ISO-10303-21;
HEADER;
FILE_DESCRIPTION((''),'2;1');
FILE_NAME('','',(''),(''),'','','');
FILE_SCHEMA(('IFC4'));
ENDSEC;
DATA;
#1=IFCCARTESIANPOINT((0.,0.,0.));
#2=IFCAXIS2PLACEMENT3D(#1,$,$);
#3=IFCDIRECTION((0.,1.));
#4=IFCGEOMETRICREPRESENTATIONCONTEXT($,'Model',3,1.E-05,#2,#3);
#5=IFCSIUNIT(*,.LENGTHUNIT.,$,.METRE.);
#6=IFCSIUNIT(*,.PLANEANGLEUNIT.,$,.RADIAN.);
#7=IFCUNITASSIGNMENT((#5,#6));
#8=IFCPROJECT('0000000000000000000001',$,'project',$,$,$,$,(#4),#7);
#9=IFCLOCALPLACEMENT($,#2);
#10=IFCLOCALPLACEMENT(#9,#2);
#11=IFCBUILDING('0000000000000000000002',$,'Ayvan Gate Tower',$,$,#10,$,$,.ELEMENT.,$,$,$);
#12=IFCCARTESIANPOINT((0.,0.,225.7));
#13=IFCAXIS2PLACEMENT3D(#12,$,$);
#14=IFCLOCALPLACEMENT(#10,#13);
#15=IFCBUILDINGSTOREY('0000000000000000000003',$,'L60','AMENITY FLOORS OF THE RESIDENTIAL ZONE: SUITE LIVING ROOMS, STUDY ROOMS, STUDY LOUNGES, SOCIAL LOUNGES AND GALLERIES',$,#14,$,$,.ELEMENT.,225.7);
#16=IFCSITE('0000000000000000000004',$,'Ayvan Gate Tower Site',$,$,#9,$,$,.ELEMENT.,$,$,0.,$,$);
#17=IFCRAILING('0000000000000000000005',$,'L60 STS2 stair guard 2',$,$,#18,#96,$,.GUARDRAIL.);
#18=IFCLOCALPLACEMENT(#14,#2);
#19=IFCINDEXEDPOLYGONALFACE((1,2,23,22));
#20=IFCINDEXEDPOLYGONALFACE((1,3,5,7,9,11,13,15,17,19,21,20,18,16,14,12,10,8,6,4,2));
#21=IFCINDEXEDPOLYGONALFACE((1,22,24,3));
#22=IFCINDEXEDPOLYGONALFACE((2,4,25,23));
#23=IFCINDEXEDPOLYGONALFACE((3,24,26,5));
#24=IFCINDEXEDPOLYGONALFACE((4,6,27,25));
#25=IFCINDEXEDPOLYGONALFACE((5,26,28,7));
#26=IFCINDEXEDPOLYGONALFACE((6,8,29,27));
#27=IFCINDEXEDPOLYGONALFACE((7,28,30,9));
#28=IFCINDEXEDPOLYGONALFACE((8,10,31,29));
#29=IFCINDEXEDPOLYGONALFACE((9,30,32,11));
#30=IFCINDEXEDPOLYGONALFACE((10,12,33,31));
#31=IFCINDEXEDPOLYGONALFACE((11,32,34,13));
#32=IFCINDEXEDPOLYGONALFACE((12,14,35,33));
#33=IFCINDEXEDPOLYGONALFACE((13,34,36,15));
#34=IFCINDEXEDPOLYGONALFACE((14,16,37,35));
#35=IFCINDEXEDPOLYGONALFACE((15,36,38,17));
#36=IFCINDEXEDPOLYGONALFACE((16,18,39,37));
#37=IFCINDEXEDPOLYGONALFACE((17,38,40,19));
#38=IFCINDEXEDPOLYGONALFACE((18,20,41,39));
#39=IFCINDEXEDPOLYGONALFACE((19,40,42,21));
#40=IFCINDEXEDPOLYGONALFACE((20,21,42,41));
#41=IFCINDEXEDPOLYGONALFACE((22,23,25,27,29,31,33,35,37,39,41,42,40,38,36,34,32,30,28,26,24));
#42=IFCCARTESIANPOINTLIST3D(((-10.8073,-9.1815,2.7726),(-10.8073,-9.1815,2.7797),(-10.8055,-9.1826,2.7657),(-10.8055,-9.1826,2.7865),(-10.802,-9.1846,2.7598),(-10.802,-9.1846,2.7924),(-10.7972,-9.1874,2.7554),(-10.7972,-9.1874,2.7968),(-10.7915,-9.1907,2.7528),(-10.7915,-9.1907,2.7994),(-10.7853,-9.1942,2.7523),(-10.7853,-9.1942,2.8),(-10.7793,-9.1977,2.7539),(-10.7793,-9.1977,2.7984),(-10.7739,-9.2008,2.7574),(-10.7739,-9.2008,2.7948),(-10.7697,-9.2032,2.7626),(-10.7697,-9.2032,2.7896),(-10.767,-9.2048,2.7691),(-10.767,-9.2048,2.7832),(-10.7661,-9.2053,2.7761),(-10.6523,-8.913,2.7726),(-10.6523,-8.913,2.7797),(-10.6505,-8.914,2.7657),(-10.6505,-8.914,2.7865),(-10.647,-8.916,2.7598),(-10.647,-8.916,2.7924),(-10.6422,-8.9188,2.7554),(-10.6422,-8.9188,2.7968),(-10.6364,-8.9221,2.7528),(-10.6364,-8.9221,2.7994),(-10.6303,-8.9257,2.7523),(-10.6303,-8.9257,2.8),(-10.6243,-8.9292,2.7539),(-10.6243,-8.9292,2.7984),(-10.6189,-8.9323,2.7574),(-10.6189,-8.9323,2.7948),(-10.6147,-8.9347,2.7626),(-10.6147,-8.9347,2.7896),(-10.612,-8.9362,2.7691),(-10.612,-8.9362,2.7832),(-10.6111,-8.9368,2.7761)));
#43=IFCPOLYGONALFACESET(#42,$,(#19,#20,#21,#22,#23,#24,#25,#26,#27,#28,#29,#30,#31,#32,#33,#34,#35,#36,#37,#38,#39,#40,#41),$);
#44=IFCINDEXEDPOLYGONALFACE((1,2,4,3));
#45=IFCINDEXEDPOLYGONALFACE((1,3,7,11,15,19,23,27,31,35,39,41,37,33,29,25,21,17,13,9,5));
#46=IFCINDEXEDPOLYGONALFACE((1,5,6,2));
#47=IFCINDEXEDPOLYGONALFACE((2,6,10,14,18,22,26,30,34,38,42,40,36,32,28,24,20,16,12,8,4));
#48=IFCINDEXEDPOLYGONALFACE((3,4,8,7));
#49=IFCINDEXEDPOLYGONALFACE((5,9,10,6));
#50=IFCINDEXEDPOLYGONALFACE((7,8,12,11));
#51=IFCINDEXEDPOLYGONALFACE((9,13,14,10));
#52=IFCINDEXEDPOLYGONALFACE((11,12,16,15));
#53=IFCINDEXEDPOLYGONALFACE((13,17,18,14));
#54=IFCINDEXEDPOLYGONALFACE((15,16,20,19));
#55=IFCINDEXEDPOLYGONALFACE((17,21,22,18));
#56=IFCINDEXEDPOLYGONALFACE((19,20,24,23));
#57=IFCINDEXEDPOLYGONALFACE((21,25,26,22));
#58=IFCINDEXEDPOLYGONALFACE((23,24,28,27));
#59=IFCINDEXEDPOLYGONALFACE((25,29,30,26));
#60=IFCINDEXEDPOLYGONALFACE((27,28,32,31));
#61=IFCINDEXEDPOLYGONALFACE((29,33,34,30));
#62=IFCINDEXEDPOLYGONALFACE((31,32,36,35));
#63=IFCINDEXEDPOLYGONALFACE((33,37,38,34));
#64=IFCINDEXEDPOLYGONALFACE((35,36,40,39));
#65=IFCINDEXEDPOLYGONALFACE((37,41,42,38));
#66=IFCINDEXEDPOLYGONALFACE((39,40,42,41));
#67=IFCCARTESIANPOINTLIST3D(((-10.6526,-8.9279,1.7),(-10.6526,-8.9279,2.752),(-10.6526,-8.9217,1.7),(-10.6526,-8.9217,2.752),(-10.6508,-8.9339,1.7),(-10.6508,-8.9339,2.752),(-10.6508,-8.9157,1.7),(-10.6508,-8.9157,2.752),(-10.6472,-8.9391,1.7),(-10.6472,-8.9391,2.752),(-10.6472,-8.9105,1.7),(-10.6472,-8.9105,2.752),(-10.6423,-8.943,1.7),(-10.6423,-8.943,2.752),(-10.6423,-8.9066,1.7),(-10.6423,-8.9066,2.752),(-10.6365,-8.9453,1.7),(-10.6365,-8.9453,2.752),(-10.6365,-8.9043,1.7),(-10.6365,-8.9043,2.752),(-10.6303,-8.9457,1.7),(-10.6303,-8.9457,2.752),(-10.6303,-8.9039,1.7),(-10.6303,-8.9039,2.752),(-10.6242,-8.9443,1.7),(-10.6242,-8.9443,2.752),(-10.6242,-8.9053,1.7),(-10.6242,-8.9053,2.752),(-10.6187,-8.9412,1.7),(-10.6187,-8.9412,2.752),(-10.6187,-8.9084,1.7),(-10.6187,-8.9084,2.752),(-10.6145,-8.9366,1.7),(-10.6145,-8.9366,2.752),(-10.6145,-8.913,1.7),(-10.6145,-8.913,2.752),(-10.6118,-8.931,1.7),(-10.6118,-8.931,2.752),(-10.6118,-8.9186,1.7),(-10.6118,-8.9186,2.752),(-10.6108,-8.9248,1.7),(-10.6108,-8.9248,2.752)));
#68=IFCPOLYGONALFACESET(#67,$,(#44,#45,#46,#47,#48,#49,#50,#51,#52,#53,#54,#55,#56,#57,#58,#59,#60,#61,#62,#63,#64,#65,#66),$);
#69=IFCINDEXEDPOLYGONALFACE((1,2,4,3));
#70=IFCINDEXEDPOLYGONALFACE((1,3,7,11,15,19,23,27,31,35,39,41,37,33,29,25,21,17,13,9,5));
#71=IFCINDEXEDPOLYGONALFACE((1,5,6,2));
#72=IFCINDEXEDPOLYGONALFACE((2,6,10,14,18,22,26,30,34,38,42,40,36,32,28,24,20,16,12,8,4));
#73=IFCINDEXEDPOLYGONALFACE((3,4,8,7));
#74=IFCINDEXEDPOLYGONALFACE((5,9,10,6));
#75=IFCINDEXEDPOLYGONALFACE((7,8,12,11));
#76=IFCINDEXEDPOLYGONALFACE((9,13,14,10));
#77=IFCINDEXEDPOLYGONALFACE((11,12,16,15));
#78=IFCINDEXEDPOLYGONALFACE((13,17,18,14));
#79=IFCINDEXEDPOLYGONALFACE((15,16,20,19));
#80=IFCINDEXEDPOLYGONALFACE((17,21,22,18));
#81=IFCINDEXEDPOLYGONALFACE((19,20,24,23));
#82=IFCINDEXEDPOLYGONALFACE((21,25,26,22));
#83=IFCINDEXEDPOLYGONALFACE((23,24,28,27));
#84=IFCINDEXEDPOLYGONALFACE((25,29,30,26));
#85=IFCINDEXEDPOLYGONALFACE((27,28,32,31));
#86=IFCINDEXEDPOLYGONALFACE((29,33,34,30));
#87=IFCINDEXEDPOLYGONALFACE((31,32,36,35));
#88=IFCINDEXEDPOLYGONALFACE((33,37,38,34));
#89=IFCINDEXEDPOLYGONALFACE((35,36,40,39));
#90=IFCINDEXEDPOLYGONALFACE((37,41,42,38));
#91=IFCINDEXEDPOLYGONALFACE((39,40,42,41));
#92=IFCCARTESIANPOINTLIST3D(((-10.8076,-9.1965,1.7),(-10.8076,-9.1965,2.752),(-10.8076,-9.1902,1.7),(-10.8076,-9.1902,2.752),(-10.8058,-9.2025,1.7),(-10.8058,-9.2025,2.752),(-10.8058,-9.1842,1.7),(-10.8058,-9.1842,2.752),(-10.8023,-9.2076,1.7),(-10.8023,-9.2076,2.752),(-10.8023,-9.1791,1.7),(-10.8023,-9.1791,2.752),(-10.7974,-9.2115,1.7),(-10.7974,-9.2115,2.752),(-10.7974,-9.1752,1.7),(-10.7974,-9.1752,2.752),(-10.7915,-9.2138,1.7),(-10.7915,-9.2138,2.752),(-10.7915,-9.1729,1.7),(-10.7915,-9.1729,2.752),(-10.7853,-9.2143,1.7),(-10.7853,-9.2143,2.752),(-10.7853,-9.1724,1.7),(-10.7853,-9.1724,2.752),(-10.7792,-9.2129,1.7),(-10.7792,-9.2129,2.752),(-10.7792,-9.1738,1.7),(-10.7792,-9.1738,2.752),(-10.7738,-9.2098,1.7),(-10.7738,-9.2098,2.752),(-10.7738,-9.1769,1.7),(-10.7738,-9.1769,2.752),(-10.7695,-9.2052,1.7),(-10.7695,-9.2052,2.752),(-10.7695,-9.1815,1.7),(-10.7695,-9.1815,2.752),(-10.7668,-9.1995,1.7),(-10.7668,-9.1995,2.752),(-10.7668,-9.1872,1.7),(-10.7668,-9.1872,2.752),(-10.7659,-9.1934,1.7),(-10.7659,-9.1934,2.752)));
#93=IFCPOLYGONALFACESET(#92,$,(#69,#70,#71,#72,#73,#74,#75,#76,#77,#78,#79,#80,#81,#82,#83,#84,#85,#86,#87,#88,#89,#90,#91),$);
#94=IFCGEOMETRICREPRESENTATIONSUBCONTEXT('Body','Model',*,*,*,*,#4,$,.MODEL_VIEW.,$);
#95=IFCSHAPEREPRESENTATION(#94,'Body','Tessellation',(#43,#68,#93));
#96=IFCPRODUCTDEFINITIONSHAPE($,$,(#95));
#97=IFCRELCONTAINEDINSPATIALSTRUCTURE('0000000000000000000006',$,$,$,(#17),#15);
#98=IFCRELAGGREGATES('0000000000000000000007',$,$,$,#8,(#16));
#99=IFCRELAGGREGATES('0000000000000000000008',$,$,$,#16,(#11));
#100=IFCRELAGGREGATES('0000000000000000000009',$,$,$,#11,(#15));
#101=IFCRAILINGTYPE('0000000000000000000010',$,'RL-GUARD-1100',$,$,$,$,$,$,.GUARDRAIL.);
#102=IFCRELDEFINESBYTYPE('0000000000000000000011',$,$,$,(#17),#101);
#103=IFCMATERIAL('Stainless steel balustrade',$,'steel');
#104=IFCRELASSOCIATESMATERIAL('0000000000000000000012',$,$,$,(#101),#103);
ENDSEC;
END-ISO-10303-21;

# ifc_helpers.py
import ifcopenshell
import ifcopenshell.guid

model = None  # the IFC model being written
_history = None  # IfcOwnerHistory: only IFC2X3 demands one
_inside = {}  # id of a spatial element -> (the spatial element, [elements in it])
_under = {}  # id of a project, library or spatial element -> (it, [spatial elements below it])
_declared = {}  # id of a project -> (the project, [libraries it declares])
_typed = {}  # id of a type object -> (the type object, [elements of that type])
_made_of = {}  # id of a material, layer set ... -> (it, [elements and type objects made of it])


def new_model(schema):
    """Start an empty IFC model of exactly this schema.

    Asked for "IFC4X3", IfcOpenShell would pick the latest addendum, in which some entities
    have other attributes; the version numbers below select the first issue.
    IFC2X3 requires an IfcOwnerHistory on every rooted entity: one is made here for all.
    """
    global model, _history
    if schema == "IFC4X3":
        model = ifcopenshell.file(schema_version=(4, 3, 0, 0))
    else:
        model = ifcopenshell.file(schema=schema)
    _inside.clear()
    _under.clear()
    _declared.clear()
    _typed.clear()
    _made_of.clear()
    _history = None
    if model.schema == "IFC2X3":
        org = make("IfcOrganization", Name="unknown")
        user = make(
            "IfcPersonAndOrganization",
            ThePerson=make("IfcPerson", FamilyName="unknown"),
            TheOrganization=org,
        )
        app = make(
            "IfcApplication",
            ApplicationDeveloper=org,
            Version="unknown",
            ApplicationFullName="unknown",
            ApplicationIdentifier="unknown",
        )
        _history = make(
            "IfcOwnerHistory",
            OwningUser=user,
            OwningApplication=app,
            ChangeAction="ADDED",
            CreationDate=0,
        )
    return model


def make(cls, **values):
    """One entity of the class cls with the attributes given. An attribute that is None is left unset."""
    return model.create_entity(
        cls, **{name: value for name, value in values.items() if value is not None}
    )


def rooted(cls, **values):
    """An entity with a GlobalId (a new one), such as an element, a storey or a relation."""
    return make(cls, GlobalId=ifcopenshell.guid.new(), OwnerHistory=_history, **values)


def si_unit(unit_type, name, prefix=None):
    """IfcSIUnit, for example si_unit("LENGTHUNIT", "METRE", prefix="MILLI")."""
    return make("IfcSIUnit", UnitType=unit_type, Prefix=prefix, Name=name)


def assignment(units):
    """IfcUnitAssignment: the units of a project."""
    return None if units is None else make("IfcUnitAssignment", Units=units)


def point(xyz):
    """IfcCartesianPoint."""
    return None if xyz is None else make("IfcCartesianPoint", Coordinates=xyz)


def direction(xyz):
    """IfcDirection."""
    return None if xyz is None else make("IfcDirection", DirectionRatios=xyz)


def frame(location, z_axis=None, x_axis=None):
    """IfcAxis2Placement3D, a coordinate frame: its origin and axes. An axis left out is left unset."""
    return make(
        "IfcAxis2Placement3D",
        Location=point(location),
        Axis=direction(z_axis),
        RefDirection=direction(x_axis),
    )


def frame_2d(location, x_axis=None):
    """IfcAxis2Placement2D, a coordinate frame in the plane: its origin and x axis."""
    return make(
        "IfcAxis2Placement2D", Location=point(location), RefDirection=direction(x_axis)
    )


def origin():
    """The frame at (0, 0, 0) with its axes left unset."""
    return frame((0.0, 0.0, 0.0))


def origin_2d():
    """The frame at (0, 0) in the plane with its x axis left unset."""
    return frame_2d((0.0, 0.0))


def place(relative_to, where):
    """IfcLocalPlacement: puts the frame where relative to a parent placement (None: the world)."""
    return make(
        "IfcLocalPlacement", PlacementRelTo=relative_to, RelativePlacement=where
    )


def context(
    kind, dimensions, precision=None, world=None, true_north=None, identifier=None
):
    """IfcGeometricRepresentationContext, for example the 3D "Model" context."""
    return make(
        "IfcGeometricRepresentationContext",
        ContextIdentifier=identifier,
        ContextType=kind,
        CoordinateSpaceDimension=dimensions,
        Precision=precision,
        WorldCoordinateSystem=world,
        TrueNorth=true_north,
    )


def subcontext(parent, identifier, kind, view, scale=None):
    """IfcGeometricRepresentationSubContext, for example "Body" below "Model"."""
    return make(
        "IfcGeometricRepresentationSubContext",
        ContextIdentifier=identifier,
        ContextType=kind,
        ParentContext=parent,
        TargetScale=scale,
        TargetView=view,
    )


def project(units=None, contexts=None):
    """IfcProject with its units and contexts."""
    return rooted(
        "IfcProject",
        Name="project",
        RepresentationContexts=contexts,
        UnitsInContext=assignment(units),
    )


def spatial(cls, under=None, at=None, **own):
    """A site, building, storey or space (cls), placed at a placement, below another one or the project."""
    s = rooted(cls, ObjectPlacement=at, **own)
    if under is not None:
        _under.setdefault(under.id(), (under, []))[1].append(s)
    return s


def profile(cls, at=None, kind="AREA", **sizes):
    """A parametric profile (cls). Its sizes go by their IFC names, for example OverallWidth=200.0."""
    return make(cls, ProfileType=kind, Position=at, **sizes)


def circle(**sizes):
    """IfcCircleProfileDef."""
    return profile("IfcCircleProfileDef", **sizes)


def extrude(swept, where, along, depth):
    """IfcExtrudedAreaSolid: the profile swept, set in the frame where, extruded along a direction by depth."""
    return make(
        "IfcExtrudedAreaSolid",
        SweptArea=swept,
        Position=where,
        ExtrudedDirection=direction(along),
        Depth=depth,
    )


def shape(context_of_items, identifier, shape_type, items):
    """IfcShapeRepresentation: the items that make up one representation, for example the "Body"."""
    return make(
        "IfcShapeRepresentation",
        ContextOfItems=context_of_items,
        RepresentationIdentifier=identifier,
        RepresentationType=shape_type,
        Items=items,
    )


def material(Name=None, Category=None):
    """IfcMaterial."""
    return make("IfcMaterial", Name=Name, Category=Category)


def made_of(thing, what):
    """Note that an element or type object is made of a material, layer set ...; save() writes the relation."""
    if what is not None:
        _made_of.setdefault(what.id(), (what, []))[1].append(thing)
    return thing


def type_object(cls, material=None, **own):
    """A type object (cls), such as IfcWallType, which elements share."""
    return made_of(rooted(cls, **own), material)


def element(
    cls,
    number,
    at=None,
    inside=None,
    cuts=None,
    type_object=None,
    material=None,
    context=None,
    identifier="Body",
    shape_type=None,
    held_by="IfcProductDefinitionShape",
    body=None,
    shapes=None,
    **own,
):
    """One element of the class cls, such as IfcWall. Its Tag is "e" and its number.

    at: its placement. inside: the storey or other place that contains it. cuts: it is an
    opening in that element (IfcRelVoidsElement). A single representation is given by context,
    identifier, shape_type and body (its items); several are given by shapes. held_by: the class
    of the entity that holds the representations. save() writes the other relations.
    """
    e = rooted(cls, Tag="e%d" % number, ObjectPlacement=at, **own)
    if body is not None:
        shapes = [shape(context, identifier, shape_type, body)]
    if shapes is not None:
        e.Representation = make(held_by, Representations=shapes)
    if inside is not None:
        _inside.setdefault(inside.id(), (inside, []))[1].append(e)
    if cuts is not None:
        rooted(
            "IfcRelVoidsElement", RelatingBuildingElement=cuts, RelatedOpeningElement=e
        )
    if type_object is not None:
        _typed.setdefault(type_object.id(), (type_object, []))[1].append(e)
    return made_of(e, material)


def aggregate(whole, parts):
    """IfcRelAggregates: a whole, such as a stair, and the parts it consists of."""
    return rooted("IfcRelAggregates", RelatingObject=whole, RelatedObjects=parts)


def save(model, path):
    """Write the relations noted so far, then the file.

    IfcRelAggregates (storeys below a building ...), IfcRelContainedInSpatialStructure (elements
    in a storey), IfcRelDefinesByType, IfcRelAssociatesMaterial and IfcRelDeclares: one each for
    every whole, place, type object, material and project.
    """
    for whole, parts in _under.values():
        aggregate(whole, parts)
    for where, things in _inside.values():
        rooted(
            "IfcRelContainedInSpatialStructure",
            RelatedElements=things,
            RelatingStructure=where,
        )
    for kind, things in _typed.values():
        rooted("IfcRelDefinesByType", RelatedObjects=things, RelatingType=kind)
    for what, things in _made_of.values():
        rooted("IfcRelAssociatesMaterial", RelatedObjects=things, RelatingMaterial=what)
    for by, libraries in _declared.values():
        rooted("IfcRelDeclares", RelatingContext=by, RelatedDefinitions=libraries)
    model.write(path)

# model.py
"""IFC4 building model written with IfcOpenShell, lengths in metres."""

from ifc_helpers import new_model, si_unit, direction, frame, origin, origin_2d, place, context, subcontext, project, spatial, circle, extrude, material, type_object, element, save


model = new_model("IFC4")

# Units and contexts
model_context = context("Model", 3, precision=1e-05, world=origin(), true_north=direction((0.0, 1.0)))
body_context = subcontext(model_context, "Body", "Model", "MODEL_VIEW")
ifc_project = project(units=[si_unit("LENGTHUNIT", "METRE"), si_unit("PLANEANGLEUNIT", "RADIAN")], contexts=[model_context])

# Site, building, storey
site_placement = place(None, origin())
site = spatial("IfcSite", under=ifc_project, at=site_placement, Name="Ayvan Gate Tower Site", CompositionType="ELEMENT", RefElevation=0.0)
building_placement = place(site_placement, origin())
building = spatial("IfcBuilding", under=site, at=building_placement, Name="Ayvan Gate Tower", CompositionType="ELEMENT")
storey_placement = place(building_placement, frame((0.0, 0.0, 225.7)))
storey = spatial("IfcBuildingStorey", under=building, at=storey_placement, Name="L60", Description="AMENITY FLOORS OF THE RESIDENTIAL ZONE: SUITE LIVING ROOMS, STUDY ROOMS, STUDY LOUNGES, SOCIAL LOUNGES AND GALLERIES", CompositionType="ELEMENT", Elevation=225.7)

# Railing
ifc_material_1 = material(Name="Stainless steel balustrade", Category="steel")
railing_type_1 = type_object("IfcRailingType", Name="RL-GUARD-1100", PredefinedType="GUARDRAIL", material=ifc_material_1)
railing_1_placement = place(storey_placement, frame((-10.6318, -8.9248, 1.7)))
element("IfcRailing", 1, at=railing_1_placement, inside=storey, type_object=railing_type_1, Name="L60 STS2 stair guard 2", PredefinedType="GUARDRAIL", context=body_context, shape_type="SweptSolid", body=[
    extrude(circle(Radius=0.0239, at=origin_2d()), frame((0.0, 0.0, 1.0762), z_axis=(-0.49995, -0.866054, 0.0), x_axis=(0.866054, -0.49995, 0.0)), (0.0, 0.0, 1.0), 0.3101),
    extrude(circle(Radius=0.021, at=origin_2d()), origin(), (0.0, 0.0, 1.0), 1.052),
    extrude(circle(Radius=0.021, at=origin_2d()), frame((-0.155, -0.2686, 0.0)), (0.0, 0.0, 1.0), 1.052),
])

save(model, "model.ifc")
